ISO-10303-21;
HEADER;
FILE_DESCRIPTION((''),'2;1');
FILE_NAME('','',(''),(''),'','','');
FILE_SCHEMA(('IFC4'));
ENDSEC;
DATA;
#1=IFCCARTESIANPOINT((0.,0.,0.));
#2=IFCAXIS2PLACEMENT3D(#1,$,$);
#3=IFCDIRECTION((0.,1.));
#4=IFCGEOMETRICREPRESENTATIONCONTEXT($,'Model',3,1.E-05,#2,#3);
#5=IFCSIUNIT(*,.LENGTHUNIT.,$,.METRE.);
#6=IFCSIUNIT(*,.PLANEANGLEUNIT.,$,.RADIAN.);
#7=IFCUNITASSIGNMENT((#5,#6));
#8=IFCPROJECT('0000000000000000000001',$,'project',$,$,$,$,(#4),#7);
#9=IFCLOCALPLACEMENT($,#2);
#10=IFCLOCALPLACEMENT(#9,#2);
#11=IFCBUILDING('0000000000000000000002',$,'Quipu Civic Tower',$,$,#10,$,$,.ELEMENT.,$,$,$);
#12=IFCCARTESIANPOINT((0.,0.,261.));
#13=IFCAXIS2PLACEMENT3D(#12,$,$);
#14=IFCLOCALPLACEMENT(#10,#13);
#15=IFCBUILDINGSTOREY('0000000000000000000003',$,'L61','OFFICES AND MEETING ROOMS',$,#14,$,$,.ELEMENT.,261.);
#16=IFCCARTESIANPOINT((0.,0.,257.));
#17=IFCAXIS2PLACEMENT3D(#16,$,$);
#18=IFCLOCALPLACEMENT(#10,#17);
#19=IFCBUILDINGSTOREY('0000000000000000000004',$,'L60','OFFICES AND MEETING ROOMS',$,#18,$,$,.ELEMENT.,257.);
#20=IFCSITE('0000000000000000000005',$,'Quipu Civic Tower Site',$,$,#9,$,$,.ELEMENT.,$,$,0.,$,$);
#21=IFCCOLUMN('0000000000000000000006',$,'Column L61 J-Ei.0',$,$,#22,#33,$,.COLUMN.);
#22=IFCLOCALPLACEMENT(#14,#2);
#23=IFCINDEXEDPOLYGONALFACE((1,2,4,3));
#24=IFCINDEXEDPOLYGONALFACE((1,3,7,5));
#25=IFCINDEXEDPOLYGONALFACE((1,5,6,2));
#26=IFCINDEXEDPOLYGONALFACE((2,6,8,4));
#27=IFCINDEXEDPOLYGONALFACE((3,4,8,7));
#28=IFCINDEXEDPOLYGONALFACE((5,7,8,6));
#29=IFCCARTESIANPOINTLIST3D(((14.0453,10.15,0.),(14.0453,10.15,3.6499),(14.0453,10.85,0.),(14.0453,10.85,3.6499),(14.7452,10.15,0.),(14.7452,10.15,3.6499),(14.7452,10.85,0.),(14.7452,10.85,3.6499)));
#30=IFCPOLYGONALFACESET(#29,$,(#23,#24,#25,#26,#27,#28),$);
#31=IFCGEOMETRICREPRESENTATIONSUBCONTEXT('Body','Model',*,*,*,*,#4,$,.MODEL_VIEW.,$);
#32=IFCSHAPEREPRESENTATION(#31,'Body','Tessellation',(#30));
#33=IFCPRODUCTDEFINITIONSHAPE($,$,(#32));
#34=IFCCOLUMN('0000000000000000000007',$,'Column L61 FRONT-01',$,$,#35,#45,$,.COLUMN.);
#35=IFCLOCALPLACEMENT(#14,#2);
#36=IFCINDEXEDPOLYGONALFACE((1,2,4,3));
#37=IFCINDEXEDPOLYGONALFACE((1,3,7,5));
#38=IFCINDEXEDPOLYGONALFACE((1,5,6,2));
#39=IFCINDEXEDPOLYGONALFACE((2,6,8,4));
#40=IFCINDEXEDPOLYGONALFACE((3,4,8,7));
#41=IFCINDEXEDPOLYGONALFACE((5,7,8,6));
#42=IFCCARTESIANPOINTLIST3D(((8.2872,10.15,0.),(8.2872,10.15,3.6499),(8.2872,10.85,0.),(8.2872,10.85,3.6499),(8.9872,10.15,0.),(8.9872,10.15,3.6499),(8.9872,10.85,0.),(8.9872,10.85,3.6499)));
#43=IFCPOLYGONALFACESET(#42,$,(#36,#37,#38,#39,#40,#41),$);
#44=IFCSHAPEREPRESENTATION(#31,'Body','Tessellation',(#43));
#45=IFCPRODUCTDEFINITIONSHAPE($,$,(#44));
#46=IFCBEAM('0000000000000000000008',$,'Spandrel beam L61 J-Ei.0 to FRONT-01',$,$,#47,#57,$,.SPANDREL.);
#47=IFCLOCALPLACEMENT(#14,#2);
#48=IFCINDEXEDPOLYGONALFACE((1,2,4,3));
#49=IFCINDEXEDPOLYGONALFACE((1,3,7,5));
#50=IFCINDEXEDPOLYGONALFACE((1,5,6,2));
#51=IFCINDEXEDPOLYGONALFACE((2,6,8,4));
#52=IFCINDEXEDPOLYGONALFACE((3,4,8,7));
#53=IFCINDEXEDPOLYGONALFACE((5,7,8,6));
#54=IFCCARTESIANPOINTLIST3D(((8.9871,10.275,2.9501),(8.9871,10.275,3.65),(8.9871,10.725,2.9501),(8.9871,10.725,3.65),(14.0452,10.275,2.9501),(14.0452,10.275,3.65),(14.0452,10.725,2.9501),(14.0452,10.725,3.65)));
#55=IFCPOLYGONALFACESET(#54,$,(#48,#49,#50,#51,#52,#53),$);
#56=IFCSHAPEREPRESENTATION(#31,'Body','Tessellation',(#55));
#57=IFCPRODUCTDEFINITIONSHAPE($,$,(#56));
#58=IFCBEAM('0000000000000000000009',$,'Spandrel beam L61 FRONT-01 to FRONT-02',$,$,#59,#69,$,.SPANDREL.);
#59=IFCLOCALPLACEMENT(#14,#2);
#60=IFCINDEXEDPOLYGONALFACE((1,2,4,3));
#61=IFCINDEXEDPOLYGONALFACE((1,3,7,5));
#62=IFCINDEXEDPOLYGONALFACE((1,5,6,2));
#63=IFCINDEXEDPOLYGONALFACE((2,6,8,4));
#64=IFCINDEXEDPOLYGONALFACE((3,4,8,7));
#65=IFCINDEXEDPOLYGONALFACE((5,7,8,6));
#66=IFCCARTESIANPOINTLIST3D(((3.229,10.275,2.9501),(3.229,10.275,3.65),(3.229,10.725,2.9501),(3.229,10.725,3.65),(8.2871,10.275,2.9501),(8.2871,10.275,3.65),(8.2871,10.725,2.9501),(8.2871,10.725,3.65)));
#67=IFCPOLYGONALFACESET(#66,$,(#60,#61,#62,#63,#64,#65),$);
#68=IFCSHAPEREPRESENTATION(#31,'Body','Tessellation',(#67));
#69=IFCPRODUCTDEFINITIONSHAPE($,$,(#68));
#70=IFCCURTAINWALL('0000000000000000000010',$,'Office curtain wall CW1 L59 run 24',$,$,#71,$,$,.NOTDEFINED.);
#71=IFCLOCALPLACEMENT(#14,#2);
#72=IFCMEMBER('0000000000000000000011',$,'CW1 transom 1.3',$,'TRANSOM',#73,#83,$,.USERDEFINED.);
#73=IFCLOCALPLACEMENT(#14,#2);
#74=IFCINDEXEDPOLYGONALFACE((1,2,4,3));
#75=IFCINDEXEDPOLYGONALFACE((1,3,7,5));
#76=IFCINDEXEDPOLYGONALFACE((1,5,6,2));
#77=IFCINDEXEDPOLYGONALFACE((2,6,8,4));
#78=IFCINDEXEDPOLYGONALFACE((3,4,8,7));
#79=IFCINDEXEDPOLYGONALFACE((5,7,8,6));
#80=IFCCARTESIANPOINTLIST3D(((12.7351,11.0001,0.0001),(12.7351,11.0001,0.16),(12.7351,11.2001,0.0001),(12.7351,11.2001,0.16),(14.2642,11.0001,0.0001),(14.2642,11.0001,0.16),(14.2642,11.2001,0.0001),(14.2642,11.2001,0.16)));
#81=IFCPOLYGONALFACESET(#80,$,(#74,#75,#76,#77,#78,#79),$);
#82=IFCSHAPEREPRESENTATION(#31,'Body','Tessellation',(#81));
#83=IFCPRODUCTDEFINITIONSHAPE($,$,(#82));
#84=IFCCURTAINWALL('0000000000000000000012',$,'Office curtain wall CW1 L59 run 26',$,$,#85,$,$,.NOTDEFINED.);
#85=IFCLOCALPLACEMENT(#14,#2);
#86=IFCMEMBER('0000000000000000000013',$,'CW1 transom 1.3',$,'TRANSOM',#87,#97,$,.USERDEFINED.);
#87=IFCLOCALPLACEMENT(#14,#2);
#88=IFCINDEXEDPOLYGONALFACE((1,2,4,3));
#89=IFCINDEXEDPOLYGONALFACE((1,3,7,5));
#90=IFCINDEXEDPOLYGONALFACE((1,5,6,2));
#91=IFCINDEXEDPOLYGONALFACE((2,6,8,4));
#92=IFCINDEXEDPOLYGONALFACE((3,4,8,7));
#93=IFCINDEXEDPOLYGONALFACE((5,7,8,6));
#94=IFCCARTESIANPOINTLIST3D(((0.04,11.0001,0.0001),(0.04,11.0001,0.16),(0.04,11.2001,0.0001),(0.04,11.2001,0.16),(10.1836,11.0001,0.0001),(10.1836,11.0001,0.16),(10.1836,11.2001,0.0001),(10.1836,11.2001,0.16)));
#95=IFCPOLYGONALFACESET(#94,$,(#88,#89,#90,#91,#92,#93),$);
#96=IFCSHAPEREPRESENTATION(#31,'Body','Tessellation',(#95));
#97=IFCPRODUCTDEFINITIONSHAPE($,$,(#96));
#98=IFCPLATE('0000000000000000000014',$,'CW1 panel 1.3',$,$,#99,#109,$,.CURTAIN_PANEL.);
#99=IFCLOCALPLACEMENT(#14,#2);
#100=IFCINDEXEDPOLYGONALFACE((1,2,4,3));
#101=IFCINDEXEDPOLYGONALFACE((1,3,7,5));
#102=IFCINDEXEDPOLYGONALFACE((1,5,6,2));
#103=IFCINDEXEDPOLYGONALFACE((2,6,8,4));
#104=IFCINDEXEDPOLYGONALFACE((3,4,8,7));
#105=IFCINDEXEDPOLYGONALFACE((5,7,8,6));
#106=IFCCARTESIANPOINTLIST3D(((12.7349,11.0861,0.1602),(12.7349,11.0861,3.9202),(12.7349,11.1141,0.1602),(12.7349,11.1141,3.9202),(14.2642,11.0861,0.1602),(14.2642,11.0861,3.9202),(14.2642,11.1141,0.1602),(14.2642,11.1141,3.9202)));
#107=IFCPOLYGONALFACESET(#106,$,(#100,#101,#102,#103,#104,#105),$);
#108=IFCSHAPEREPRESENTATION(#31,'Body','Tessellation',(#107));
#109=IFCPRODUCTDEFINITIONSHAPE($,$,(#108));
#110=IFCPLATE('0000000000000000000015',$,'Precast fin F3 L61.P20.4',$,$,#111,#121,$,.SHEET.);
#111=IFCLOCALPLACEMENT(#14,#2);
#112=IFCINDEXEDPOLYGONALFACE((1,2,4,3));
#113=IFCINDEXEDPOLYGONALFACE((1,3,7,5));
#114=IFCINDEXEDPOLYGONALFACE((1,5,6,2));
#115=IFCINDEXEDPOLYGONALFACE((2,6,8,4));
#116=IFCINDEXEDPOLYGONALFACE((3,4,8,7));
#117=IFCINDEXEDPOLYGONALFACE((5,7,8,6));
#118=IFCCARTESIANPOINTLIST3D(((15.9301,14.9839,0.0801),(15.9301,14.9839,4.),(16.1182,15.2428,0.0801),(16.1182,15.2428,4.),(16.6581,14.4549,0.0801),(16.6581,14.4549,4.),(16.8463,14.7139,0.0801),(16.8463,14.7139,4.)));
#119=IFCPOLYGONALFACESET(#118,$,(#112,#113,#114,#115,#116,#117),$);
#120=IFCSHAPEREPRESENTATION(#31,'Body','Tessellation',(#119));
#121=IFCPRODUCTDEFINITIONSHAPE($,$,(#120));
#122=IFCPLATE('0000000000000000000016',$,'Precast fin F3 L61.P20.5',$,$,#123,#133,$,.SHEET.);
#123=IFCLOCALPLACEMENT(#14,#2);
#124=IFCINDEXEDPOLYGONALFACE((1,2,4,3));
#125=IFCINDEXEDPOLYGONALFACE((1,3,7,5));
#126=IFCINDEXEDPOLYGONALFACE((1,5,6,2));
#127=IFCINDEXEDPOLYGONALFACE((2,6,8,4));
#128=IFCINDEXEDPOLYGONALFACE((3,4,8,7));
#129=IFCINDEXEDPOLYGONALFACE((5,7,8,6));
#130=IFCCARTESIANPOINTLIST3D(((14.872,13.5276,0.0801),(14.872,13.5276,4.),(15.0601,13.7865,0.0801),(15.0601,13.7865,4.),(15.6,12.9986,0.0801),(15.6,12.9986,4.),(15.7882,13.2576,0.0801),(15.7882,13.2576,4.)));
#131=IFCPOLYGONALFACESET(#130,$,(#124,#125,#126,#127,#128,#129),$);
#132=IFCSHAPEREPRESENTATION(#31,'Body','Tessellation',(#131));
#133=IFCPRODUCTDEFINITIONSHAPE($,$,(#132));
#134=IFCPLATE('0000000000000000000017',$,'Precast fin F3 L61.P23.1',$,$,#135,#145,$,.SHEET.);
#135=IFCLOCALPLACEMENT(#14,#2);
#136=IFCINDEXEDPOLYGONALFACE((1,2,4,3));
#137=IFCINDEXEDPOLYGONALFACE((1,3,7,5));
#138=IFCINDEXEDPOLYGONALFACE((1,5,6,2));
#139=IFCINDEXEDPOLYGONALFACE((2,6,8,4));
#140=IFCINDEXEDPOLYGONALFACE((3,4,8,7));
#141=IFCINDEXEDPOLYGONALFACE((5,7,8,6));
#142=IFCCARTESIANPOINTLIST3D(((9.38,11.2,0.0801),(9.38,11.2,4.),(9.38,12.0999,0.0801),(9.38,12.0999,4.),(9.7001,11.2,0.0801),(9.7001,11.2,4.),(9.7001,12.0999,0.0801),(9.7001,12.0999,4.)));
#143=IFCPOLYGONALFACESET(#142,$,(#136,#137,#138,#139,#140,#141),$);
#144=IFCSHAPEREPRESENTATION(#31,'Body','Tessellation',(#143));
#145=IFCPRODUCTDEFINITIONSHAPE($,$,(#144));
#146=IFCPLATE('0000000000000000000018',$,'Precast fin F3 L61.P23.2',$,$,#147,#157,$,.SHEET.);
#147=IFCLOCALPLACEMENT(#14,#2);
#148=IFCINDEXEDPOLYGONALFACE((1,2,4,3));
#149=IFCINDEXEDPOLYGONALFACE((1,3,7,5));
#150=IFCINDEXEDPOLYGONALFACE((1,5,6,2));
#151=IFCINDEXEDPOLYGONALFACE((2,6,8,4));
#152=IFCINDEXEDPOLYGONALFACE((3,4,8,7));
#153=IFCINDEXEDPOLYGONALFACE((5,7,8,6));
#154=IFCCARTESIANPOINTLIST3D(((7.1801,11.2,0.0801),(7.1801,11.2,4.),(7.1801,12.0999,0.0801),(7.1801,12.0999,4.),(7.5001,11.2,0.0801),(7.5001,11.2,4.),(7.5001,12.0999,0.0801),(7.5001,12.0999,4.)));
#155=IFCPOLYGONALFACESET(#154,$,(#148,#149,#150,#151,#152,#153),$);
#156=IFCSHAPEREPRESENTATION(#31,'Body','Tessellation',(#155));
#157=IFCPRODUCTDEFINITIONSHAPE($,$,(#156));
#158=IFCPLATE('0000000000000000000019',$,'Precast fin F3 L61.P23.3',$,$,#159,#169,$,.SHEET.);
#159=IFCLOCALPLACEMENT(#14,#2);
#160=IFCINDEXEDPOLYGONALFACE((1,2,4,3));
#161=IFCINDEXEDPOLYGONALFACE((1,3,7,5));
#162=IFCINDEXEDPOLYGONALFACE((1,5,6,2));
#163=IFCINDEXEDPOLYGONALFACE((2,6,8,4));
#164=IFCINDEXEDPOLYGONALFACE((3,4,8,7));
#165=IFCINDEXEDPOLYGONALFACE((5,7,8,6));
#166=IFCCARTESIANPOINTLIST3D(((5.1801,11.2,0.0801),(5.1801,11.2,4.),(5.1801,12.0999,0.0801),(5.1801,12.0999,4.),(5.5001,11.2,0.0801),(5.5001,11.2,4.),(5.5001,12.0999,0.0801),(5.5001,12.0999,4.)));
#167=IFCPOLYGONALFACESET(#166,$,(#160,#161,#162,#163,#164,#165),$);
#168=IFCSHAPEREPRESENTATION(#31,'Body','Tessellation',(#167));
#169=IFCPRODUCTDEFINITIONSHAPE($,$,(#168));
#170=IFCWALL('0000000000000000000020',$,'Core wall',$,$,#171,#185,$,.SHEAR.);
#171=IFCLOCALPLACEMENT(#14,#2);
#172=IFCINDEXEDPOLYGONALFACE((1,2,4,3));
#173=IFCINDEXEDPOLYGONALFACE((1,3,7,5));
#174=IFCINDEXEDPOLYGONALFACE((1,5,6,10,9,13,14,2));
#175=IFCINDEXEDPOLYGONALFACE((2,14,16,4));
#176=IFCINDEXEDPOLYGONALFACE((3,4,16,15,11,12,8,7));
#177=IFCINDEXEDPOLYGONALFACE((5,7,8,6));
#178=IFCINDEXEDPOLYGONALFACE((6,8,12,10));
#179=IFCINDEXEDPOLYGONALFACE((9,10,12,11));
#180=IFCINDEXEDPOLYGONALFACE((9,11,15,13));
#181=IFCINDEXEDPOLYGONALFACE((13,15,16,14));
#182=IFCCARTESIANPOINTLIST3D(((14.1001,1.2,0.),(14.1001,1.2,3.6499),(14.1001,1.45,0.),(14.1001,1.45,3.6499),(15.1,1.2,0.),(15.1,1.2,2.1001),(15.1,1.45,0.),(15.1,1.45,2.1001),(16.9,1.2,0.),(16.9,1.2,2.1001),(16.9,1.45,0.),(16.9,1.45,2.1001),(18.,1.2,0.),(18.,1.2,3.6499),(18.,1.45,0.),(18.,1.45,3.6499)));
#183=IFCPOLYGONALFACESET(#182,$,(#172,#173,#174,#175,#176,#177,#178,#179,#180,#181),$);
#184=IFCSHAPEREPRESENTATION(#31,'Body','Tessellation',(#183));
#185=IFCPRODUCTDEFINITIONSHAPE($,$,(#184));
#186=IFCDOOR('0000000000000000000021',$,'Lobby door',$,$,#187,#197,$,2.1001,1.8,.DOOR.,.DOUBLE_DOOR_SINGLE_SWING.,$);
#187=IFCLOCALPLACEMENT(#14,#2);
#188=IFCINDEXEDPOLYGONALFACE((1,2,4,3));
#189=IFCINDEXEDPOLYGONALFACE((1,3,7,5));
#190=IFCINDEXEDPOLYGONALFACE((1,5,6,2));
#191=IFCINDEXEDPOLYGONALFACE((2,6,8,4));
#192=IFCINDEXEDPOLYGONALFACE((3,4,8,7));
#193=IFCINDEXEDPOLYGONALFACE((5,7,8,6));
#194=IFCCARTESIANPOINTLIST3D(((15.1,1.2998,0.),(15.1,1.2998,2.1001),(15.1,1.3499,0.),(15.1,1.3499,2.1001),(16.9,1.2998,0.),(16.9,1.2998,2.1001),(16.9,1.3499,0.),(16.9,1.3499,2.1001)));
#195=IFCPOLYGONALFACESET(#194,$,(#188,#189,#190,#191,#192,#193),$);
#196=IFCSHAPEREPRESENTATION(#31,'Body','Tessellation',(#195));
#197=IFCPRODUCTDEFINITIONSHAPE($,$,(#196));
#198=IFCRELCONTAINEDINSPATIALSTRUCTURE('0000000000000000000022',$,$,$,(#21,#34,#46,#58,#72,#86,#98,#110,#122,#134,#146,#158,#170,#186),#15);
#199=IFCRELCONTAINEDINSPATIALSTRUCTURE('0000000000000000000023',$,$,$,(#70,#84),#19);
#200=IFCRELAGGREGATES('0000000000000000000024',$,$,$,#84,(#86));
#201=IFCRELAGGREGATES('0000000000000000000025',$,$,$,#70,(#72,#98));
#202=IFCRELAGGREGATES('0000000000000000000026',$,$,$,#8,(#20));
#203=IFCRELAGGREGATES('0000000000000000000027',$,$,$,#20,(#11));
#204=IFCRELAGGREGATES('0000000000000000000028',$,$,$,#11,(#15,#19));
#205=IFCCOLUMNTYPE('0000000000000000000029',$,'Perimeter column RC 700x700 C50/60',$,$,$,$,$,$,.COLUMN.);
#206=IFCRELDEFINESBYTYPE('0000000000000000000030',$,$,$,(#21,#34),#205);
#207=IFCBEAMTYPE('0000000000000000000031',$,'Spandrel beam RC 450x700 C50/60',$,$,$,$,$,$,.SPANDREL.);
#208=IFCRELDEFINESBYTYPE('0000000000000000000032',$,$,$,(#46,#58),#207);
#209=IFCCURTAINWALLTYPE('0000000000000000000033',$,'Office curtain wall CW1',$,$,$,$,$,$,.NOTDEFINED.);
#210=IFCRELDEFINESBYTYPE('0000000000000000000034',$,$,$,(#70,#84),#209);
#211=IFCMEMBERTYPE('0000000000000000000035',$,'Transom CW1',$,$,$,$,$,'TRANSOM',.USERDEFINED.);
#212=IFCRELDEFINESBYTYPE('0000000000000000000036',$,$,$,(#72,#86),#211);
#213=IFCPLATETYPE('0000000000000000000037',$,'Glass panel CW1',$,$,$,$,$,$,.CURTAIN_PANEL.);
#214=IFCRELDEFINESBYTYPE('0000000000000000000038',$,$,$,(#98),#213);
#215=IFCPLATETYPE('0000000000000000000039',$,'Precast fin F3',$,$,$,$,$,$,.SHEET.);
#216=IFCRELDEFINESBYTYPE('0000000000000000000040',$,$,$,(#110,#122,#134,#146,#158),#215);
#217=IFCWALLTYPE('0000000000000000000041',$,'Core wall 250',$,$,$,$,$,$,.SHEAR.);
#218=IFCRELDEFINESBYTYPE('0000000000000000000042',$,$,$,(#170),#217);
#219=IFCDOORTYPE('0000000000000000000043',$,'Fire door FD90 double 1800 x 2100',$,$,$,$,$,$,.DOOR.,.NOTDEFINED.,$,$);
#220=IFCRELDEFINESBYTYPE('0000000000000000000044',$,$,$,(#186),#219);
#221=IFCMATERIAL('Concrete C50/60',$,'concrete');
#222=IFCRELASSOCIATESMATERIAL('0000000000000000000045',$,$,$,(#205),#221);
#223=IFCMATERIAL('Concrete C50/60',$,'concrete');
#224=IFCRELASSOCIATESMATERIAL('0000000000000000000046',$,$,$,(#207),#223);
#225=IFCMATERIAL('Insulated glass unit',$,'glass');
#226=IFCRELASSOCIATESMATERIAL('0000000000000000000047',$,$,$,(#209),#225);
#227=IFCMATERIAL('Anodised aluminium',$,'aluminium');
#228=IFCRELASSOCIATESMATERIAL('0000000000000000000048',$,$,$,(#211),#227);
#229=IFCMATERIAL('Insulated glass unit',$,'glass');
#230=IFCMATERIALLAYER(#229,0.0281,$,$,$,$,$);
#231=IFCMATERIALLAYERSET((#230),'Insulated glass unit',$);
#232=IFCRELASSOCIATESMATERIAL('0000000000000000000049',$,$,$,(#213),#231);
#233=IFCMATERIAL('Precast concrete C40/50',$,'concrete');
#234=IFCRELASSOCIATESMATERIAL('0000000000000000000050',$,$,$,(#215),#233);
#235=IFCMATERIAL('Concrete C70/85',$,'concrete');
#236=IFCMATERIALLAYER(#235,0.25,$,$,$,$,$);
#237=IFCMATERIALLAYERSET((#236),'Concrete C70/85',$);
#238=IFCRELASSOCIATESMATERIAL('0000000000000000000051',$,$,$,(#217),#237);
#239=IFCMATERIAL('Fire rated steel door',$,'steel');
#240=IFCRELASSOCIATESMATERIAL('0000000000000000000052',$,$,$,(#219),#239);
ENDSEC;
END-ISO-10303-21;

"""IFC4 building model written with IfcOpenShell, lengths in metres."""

from ifc_helpers import new_model, si_unit, direction, frame, frame_2d, origin, origin_2d, place, context, subcontext, project, spatial, rectangle, extrude, material, layer, layer_set, material_profile, profile_set, type_object, element, fill, aggregate, save


model = new_model("IFC4")

# Units and contexts
model_context = context("Model", 3, precision=1e-05, world=origin(), true_north=direction((0.0, 1.0)))
body_context = subcontext(model_context, "Body", "Model", "MODEL_VIEW")
ifc_project = project(units=[si_unit("LENGTHUNIT", "METRE"), si_unit("PLANEANGLEUNIT", "RADIAN")], contexts=[model_context])

# Site, building, storey
site_placement = place(None, origin())
site = spatial("IfcSite", under=ifc_project, at=site_placement, Name="Quipu Civic Tower Site", CompositionType="ELEMENT", RefElevation=0.0)
building_placement = place(site_placement, origin())
building = spatial("IfcBuilding", under=site, at=building_placement, Name="Quipu Civic Tower", CompositionType="ELEMENT")
storey_1_placement = place(building_placement, frame((0.0, 0.0, 261.0)))
storey_1 = spatial("IfcBuildingStorey", under=building, at=storey_1_placement, Name="L61", Description="OFFICES AND MEETING ROOMS", CompositionType="ELEMENT", Elevation=261.0)

# Columns
ifc_material_1 = material(Name="Concrete C50/60", Category="concrete")
ifc_material_profile_1 = material_profile(ifc_material_1, rectangle(XDim=0.7, YDim=0.7, at=origin_2d()), Name="RC700x700")
ifc_profile_set_1 = profile_set([ifc_material_profile_1], Name="Concrete C50/60")
column_type = type_object("IfcColumnType", Name="Perimeter column RC 700x700 C50/60", PredefinedType="COLUMN", material=ifc_profile_set_1)
for number, where, z_axis, x_axis, name in (
    (1, (14.3953, 10.5, 0.0), (0.0, 0.0, 1.0), (-1.0, 0.0, 0.0), "Column L61 J-Ei.0"),
    (2, (8.6372, 10.5, 0.0), (0.0, 0.0, 1.0), (-1.0, 0.0, 0.0), "Column L61 FRONT-01"),
):
    element("IfcColumn", number, at=place(storey_1_placement, frame(where, z_axis=z_axis, x_axis=x_axis)), inside=storey_1, type_object=column_type, Name=name, PredefinedType="COLUMN", context=body_context, shape_type="SweptSolid", body=[
        extrude(rectangle(XDim=0.7, YDim=0.7, at=origin_2d()), origin(), (0.0, 0.0, 1.0), 3.6499),
    ])

# Beams
ifc_material_2 = material(Name="Concrete C50/60", Category="concrete")
ifc_material_profile_2 = material_profile(ifc_material_2, rectangle(XDim=0.45, YDim=0.7, at=origin_2d()), Name="RC450x700")
ifc_profile_set_2 = profile_set([ifc_material_profile_2], Name="Concrete C50/60")
beam_type = type_object("IfcBeamType", Name="Spandrel beam RC 450x700 C50/60", PredefinedType="SPANDREL", material=ifc_profile_set_2)
for number, where, z_axis, x_axis, name in (
    (3, (14.0452, 10.5, 3.3), (-1.0, 0.0, 0.0), (0.0, -1.0, 0.0), "Spandrel beam L61 J-Ei.0 to FRONT-01"),
    (4, (8.2871, 10.5, 3.3), (-1.0, 0.0, 0.0), (0.0, -1.0, 0.0), "Spandrel beam L61 FRONT-01 to FRONT-02"),
):
    element("IfcBeam", number, at=place(storey_1_placement, frame(where, z_axis=z_axis, x_axis=x_axis)), inside=storey_1, type_object=beam_type, Name=name, PredefinedType="SPANDREL", context=body_context, shape_type="SweptSolid", body=[
        extrude(rectangle(XDim=0.45, YDim=0.7, at=origin_2d()), origin(), (0.0, 0.0, 1.0), 5.0581),
    ])

# Shared definitions
storey_2_placement = place(building_placement, frame((0.0, 0.0, 257.0)))
storey_2 = spatial("IfcBuildingStorey", under=building, at=storey_2_placement, Name="L60", Description="OFFICES AND MEETING ROOMS", CompositionType="ELEMENT", Elevation=257.0)

# Curtain walls, members
ifc_material_3 = material(Name="Insulated glass unit", Category="glass")
curtain_wall_type = type_object("IfcCurtainWallType", Name="Office curtain wall CW1", PredefinedType="NOTDEFINED", material=ifc_material_3)
curtain_wall_1_placement = place(storey_2_placement, origin())
curtain_wall_1 = element("IfcCurtainWall", 5, at=curtain_wall_1_placement, inside=storey_2, type_object=curtain_wall_type, Name="Office curtain wall CW1 L59 run 24", PredefinedType="NOTDEFINED")
ifc_material_4 = material(Name="Anodised aluminium", Category="aluminium")
ifc_material_profile_3 = material_profile(ifc_material_4, rectangle(XDim=0.2, YDim=0.1599, at=origin_2d()), Name="RECT 200x160")
ifc_profile_set_3 = profile_set([ifc_material_profile_3], Name="Anodised aluminium")
member_type = type_object("IfcMemberType", Name="Transom CW1", ElementType="TRANSOM", PredefinedType="USERDEFINED", material=ifc_profile_set_3)
member_1_placement = place(storey_1_placement, frame((14.2642, 11.1001, 0.0801), z_axis=(-1.0, 0.0, 0.0), x_axis=(0.0, -1.0, 0.0)))
member_1 = element("IfcMember", 6, at=member_1_placement, inside=storey_1, type_object=member_type, Name="CW1 transom 1.3", ObjectType="TRANSOM", PredefinedType="USERDEFINED", context=body_context, shape_type="SweptSolid", body=[
    extrude(rectangle(XDim=0.2, YDim=0.1599, at=origin_2d()), origin(), (0.0, 0.0, 1.0), 1.5291),
])
curtain_wall_2_placement = place(storey_2_placement, origin())
curtain_wall_2 = element("IfcCurtainWall", 7, at=curtain_wall_2_placement, inside=storey_2, type_object=curtain_wall_type, Name="Office curtain wall CW1 L59 run 26", PredefinedType="NOTDEFINED")
member_2_placement = place(storey_1_placement, frame((10.1836, 11.1001, 0.0801), z_axis=(-1.0, 0.0, 0.0), x_axis=(0.0, -1.0, 0.0)))
member_2 = element("IfcMember", 8, at=member_2_placement, inside=storey_1, type_object=member_type, Name="CW1 transom 1.3", ObjectType="TRANSOM", PredefinedType="USERDEFINED", context=body_context, shape_type="SweptSolid", body=[
    extrude(rectangle(XDim=0.2, YDim=0.1599, at=origin_2d()), origin(), (0.0, 0.0, 1.0), 10.1436),
])
aggregate(curtain_wall_2, [member_2])

# Plate
ifc_material_5 = material(Name="Insulated glass unit", Category="glass")
ifc_layer_1 = layer(ifc_material_5, 0.0281)
ifc_layer_set_1 = layer_set([ifc_layer_1], Name="Insulated glass unit")
plate_type_1 = type_object("IfcPlateType", Name="Glass panel CW1", PredefinedType="CURTAIN_PANEL", material=ifc_layer_set_1)
plate_placement = place(storey_1_placement, frame((13.4995, 11.1001, 0.1602), z_axis=(0.0, 0.0, 1.0), x_axis=(-1.0, 0.0, 0.0)))
plate = element("IfcPlate", 9, at=plate_placement, inside=storey_1, type_object=plate_type_1, Name="CW1 panel 1.3", PredefinedType="CURTAIN_PANEL", context=body_context, shape_type="SweptSolid", body=[
    extrude(rectangle(XDim=1.5293, YDim=0.0281, at=origin_2d()), origin(), (0.0, 0.0, 1.0), 3.76),
])
aggregate(curtain_wall_1, [member_1, plate])

# Plates
ifc_material_6 = material(Name="Precast concrete C40/50", Category="concrete")
plate_type_2 = type_object("IfcPlateType", Name="Precast fin F3", PredefinedType="SHEET", material=ifc_material_6)
for number, where, z_axis, x_axis, name in (
    (10, (16.3882, 14.8489, 0.0801), (0.0, 0.0, 1.0), (-0.587784, -0.809018, 0.0), "Precast fin F3 L61.P20.4"),
    (11, (15.3301, 13.3926, 0.0801), (0.0, 0.0, 1.0), (-0.587784, -0.809018, 0.0), "Precast fin F3 L61.P20.5"),
    (12, (9.54, 11.6499, 0.0801), (0.0, 0.0, 1.0), (-1.0, 0.0, 0.0), "Precast fin F3 L61.P23.1"),
    (13, (7.3401, 11.6499, 0.0801), (0.0, 0.0, 1.0), (-1.0, 0.0, 0.0), "Precast fin F3 L61.P23.2"),
    (14, (5.3401, 11.6499, 0.0801), (0.0, 0.0, 1.0), (-1.0, 0.0, 0.0), "Precast fin F3 L61.P23.3"),
):
    element("IfcPlate", number, at=place(storey_1_placement, frame(where, z_axis=z_axis, x_axis=x_axis)), inside=storey_1, type_object=plate_type_2, Name=name, PredefinedType="SHEET", context=body_context, shape_type="SweptSolid", body=[
        extrude(rectangle(XDim=0.3201, YDim=0.8999, at=origin_2d()), origin(), (0.0, 0.0, 1.0), 3.9199),
    ])

# Wall, opening, door
ifc_material_7 = material(Name="Concrete C70/85", Category="concrete")
ifc_layer_2 = layer(ifc_material_7, 0.25)
ifc_layer_set_2 = layer_set([ifc_layer_2], Name="Concrete C70/85")
wall_type_1 = type_object("IfcWallType", Name="Core wall 250", PredefinedType="SHEAR", material=ifc_layer_set_2)
wall_1_placement = place(storey_1_placement, frame((14.1001, 1.325, 0.0), z_axis=(0.0, 0.0, 1.0), x_axis=(1.0, 0.0, 0.0)))
wall_1 = element("IfcWall", 15, at=wall_1_placement, inside=storey_1, type_object=wall_type_1, Name="Core wall", PredefinedType="SHEAR", context=body_context, shape_type="SweptSolid", body=[
    extrude(rectangle(XDim=3.8999, YDim=0.25, at=frame_2d((1.95, 0.0))), origin(), (0.0, 0.0, 1.0), 3.6499),
])
opening_1_placement = place(wall_1_placement, frame((1.0, 0.0, 0.0)))
opening_1 = element("IfcOpeningElement", 16, at=opening_1_placement, cuts=wall_1, PredefinedType="OPENING", context=body_context, shape_type="SweptSolid", body=[
    extrude(rectangle(XDim=1.8, YDim=2.1001, at=frame_2d((0.8999, 1.05))), frame((0.0, 0.135, 0.0), z_axis=(0.0, -1.0, 0.0), x_axis=(1.0, 0.0, 0.0)), (0.0, 0.0, 1.0), 0.27),
])
ifc_material_8 = material(Name="Fire rated steel door", Category="steel")
door_type = type_object("IfcDoorType", Name="Fire door FD90 double 1800 x 2100", OperationType="NOTDEFINED", PredefinedType="DOOR", material=ifc_material_8)
door_1_placement = place(opening_1_placement, origin())
door_1 = element("IfcDoor", 17, at=door_1_placement, inside=storey_1, type_object=door_type, Name="Lobby door", OperationType="DOUBLE_DOOR_SINGLE_SWING", OverallHeight=2.1001, OverallWidth=1.8, PredefinedType="DOOR", context=body_context, shape_type="SweptSolid", body=[
    extrude(rectangle(XDim=1.8, YDim=2.1001, at=frame_2d((0.8999, 1.05))), frame((0.0, 0.0249, 0.0), z_axis=(0.0, -1.0, 0.0), x_axis=(1.0, 0.0, 0.0)), (0.0, 0.0, 1.0), 0.05),
])
fill(opening_1, door_1)

save(model, "model.ifc")
